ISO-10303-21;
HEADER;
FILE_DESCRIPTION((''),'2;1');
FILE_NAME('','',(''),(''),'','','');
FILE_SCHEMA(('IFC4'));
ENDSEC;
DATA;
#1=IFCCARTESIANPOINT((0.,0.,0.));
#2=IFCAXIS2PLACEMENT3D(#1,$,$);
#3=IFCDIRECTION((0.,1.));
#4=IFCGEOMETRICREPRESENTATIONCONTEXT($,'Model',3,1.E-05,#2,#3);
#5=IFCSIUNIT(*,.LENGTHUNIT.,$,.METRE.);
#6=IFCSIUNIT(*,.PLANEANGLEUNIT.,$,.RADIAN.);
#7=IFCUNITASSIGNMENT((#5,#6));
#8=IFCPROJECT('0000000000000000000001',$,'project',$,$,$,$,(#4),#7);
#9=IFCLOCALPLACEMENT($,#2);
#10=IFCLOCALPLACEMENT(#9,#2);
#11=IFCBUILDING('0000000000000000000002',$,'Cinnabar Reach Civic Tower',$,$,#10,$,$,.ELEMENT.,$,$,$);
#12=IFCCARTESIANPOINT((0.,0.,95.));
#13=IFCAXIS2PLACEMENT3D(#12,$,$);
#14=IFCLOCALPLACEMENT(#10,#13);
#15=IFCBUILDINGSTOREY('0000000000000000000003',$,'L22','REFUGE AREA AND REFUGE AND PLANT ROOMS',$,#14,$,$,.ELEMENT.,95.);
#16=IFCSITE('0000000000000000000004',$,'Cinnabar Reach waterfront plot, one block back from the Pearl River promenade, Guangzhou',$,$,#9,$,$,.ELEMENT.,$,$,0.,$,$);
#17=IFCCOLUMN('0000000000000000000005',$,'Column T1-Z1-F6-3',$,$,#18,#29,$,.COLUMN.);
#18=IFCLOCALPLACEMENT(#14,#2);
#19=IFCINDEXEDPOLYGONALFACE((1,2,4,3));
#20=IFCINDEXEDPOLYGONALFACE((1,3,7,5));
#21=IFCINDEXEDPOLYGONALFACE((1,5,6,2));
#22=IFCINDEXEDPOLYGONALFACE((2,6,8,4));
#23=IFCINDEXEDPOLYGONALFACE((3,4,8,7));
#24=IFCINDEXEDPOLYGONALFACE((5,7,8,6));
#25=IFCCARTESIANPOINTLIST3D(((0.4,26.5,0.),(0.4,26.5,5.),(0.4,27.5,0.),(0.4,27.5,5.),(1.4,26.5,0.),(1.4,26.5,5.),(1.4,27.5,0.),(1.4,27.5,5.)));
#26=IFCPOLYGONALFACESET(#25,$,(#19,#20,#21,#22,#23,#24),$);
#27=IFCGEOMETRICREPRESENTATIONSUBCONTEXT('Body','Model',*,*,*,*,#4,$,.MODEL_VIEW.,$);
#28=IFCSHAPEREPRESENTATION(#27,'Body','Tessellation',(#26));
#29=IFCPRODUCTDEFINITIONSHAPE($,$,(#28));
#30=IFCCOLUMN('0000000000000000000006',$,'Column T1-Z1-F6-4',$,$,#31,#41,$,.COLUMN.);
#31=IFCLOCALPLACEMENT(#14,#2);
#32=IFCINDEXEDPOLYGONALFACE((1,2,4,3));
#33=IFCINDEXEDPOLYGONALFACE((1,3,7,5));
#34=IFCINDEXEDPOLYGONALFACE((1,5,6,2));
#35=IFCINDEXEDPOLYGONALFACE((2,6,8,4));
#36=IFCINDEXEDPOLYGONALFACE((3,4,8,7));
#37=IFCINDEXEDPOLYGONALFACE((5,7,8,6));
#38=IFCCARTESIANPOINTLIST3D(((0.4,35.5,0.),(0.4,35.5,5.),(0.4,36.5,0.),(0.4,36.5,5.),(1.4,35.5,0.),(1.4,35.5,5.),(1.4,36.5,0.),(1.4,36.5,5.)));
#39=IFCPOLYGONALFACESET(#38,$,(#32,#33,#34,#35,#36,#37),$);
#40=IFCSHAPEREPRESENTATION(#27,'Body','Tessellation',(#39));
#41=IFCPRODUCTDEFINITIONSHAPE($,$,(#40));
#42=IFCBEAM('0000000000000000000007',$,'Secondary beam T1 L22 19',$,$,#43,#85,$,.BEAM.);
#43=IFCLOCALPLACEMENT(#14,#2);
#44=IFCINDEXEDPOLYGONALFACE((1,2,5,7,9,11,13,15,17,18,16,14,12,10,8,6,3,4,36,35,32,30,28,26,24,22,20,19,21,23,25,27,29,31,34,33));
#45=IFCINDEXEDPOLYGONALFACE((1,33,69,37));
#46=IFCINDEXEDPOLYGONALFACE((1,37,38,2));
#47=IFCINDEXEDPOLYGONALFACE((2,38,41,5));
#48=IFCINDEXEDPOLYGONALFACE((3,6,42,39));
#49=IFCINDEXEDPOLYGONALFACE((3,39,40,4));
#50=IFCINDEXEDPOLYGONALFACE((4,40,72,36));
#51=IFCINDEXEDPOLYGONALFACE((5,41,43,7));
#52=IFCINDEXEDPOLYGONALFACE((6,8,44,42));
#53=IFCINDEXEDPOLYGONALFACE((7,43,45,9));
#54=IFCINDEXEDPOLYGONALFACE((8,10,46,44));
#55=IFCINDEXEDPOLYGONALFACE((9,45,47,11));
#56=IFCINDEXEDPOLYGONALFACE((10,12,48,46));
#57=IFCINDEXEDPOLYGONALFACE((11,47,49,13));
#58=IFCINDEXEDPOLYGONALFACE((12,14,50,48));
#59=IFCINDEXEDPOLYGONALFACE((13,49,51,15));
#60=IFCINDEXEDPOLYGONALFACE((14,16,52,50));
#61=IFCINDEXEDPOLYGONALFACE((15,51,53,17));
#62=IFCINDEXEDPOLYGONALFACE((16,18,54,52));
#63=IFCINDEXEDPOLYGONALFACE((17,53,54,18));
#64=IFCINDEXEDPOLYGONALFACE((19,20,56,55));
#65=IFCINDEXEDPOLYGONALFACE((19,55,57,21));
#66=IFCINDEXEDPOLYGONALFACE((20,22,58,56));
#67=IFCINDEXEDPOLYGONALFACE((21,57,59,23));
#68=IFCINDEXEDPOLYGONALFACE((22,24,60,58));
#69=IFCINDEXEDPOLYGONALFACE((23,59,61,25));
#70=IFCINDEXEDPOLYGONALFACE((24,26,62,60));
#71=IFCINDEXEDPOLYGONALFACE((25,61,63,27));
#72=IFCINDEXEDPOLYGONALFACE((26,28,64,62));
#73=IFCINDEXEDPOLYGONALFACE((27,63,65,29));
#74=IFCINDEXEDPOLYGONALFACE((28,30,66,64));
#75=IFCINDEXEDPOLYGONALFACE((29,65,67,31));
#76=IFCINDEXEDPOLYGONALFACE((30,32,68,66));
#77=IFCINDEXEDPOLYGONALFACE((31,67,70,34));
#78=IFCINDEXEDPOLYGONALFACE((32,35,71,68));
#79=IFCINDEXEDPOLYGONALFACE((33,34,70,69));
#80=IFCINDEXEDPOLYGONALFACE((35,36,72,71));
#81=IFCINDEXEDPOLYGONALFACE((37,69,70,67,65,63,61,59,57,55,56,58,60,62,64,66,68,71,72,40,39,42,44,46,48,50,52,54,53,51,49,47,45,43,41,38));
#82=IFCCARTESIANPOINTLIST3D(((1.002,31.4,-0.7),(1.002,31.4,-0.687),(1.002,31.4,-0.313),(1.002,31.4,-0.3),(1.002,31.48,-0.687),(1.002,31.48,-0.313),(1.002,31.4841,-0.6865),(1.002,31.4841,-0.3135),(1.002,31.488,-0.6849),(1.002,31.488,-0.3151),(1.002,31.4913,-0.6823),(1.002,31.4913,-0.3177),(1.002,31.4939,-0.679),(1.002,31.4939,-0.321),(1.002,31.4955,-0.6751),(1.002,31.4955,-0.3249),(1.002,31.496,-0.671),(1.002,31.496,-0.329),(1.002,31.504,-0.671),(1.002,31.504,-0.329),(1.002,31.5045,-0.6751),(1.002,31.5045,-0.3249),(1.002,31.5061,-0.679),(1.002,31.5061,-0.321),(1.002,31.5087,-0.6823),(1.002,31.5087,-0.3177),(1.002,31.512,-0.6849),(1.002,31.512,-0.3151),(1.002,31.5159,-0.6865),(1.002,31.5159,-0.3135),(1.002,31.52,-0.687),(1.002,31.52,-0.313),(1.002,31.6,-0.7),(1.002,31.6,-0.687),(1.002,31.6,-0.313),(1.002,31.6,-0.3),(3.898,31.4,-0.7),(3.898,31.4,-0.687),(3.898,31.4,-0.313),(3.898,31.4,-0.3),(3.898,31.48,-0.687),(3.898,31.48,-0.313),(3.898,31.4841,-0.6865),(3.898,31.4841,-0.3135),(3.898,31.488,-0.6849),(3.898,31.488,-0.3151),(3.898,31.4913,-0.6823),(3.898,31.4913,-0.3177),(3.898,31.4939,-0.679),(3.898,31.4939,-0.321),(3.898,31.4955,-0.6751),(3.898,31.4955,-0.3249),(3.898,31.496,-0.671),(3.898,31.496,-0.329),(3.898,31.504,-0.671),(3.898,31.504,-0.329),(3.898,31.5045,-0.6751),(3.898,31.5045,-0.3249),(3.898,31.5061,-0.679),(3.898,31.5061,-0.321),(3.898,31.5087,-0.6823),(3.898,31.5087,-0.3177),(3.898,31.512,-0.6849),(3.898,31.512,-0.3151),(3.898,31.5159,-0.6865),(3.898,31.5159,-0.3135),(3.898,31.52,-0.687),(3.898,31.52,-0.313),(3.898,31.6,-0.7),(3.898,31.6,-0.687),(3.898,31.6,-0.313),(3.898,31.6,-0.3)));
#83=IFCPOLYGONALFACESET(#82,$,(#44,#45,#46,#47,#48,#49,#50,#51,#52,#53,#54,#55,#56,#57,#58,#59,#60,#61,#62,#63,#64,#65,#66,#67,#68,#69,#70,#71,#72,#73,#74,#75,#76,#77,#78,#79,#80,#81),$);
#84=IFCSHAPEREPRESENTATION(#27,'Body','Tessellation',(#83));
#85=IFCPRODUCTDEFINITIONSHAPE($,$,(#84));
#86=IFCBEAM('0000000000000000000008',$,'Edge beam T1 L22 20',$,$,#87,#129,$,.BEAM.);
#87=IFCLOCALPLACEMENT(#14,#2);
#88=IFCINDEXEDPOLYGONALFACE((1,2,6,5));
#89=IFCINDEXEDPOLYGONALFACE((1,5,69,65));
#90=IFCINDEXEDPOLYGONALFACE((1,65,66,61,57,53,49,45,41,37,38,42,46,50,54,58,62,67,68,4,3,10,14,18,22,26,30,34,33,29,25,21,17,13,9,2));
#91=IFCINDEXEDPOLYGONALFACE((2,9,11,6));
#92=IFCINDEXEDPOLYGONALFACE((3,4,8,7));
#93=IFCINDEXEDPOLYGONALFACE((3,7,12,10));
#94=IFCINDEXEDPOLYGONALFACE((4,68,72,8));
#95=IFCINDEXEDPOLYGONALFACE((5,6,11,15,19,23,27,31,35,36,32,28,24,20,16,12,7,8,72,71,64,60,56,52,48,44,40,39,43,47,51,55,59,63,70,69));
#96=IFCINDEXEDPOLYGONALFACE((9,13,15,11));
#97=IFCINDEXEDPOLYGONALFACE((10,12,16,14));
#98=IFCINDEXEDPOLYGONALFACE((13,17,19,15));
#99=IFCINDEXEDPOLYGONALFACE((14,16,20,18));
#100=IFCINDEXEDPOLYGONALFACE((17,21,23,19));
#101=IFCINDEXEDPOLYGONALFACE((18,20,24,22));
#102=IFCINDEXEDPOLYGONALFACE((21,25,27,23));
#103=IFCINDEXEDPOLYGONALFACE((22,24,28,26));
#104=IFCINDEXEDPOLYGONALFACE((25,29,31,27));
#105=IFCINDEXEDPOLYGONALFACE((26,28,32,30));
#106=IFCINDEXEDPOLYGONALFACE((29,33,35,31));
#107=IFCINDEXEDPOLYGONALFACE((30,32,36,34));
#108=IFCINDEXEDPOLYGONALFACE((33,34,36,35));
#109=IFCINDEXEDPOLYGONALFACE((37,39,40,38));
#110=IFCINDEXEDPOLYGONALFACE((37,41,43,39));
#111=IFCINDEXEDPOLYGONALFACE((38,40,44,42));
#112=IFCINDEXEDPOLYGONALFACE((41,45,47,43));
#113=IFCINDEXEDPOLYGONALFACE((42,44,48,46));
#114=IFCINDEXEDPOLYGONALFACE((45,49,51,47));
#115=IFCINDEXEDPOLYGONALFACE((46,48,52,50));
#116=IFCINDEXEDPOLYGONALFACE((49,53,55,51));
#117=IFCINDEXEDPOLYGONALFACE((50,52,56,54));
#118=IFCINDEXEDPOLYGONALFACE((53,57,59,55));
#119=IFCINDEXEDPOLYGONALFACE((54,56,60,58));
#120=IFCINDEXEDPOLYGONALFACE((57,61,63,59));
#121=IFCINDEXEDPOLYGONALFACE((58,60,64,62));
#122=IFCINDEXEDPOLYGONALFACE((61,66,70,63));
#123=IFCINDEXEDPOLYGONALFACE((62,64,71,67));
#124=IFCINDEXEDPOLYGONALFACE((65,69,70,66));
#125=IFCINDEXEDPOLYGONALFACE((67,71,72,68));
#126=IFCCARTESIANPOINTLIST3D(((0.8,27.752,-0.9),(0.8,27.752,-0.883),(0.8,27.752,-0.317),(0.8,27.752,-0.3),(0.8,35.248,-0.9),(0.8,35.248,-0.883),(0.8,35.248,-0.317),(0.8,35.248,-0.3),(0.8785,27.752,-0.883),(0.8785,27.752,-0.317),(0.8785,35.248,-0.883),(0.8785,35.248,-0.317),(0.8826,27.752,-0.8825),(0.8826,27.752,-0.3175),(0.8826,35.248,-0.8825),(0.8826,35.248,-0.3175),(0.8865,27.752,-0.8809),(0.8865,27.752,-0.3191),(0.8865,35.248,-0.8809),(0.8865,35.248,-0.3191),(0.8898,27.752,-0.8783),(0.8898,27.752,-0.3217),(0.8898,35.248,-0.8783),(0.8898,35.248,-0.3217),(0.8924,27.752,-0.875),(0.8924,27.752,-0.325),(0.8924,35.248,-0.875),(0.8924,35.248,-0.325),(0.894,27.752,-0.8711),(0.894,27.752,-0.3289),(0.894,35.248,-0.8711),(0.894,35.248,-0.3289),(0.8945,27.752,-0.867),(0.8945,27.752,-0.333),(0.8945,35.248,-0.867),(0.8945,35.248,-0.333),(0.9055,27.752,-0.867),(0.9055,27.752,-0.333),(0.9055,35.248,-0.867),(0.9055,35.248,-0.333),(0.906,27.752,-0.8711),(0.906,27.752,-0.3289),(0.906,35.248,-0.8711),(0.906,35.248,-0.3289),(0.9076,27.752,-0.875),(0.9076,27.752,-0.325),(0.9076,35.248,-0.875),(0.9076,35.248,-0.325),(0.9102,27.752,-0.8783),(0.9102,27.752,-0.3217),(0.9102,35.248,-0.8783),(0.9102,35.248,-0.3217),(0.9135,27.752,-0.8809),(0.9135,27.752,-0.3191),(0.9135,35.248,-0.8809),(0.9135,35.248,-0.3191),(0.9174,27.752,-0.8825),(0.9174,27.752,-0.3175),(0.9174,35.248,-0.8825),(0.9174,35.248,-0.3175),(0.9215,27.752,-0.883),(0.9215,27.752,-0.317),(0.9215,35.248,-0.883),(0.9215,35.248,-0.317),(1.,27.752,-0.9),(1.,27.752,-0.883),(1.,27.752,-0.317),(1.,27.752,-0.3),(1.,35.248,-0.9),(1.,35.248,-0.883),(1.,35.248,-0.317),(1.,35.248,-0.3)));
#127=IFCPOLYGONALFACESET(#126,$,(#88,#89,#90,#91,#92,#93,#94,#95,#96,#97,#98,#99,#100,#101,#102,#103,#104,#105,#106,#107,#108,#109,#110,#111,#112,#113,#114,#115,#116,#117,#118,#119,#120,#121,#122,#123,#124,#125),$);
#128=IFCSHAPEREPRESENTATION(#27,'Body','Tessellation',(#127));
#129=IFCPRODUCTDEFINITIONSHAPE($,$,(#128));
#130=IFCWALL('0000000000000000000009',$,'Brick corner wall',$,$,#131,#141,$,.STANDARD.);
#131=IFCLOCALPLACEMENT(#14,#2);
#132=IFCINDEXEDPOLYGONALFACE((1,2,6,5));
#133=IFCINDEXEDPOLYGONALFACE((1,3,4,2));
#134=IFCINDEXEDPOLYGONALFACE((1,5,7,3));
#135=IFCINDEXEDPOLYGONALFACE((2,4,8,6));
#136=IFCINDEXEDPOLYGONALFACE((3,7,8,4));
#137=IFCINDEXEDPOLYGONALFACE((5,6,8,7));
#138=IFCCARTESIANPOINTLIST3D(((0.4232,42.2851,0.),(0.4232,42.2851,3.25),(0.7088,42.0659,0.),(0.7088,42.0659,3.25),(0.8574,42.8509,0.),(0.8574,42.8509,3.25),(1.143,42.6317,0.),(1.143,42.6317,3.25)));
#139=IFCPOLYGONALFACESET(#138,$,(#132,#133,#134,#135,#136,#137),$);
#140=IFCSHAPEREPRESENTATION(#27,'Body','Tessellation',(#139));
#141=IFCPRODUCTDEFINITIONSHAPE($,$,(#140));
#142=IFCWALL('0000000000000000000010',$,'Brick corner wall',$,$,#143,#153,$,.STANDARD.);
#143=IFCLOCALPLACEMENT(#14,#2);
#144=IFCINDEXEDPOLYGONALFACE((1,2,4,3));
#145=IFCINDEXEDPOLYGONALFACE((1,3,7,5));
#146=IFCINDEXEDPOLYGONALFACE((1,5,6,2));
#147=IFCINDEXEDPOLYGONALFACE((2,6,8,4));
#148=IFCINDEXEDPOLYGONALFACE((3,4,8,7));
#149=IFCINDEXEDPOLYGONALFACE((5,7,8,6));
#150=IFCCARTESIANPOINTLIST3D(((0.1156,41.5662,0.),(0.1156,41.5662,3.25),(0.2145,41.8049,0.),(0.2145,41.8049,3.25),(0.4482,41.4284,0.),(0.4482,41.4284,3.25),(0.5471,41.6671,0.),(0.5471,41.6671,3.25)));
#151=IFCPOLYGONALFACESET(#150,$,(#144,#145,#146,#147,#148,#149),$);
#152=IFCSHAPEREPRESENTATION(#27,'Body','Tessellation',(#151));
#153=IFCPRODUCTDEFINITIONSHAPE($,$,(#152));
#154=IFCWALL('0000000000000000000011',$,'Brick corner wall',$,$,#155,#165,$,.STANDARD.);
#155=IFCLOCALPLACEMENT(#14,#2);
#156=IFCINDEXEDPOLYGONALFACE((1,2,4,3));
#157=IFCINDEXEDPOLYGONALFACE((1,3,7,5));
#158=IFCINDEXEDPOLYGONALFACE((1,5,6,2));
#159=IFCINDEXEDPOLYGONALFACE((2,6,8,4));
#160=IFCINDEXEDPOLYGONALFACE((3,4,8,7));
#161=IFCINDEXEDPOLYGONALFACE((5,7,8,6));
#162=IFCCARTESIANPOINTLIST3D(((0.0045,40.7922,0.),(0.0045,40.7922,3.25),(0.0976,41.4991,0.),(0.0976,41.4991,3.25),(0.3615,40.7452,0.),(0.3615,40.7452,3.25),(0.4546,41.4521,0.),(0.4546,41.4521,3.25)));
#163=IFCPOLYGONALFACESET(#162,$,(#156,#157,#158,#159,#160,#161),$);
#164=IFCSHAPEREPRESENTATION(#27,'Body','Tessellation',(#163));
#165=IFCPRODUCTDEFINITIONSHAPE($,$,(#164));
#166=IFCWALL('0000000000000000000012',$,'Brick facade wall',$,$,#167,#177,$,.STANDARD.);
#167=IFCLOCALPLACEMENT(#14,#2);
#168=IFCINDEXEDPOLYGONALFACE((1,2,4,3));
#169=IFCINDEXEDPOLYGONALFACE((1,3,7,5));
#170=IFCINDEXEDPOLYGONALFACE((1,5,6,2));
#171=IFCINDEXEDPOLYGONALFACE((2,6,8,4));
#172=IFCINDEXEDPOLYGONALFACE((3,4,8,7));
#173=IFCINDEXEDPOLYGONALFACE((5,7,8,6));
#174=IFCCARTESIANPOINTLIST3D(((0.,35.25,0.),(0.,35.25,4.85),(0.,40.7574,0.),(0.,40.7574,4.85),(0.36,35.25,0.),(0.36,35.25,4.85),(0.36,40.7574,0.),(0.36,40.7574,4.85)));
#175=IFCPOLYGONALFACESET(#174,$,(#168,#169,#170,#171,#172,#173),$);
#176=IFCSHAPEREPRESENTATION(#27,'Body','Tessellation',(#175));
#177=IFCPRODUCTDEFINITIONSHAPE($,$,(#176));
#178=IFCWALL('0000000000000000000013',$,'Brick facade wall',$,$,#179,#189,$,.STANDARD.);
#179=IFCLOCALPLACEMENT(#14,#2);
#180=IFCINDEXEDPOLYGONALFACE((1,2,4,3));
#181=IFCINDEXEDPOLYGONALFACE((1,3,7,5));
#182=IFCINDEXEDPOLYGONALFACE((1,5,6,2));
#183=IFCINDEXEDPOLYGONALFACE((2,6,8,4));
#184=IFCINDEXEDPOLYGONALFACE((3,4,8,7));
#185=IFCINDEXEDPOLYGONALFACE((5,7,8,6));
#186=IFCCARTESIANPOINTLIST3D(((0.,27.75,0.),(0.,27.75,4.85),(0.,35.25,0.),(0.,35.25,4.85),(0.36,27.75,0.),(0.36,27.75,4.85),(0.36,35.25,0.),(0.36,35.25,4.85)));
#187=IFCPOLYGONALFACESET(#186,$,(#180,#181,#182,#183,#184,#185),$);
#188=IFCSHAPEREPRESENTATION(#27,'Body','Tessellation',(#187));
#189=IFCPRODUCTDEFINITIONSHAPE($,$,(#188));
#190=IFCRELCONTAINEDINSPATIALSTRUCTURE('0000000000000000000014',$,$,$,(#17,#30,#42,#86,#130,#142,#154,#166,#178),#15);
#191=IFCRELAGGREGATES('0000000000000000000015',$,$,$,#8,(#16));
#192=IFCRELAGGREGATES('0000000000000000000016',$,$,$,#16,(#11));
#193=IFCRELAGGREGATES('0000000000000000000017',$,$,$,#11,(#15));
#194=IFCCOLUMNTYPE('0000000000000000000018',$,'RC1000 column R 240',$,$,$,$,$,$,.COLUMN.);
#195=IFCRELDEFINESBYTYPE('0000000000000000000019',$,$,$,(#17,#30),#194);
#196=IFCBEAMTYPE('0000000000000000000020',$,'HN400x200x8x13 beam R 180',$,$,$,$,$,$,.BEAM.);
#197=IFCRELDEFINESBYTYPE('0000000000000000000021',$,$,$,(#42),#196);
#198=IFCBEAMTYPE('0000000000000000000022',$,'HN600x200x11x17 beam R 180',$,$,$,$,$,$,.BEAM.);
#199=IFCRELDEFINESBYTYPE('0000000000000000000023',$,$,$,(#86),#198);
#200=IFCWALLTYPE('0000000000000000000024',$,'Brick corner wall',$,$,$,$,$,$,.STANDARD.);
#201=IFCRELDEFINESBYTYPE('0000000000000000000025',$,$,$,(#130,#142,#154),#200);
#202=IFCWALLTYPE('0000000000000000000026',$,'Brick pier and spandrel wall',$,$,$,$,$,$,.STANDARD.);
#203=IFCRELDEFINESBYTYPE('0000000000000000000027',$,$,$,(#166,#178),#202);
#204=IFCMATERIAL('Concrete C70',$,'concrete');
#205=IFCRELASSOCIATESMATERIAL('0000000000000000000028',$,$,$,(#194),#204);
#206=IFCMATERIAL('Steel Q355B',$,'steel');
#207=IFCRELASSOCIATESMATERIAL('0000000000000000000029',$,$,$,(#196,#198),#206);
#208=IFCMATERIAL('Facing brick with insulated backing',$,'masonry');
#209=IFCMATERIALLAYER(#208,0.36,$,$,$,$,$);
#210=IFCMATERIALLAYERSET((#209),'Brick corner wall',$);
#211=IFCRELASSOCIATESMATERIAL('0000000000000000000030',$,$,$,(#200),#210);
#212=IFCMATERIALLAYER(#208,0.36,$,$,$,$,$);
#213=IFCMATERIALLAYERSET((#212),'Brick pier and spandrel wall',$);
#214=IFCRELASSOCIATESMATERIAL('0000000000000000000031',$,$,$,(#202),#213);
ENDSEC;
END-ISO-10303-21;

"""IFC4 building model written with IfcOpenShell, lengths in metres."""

from ifc_helpers import new_model, si_unit, direction, frame, frame_2d, origin, origin_2d, place, context, subcontext, project, spatial, rectangle, i_section, extrude, material, layer, layer_set, material_profile, profile_set, type_object, element, save


model = new_model("IFC4")

# Units and contexts
model_context = context("Model", 3, precision=1e-05, world=origin(), true_north=direction((0.0, 1.0)))
body_context = subcontext(model_context, "Body", "Model", "MODEL_VIEW")
ifc_project = project(units=[si_unit("LENGTHUNIT", "METRE"), si_unit("PLANEANGLEUNIT", "RADIAN")], contexts=[model_context])

# Site, building, storey
site_placement = place(None, origin())
site = spatial("IfcSite", under=ifc_project, at=site_placement, Name="Cinnabar Reach waterfront plot, one block back from the Pearl River promenade, Guangzhou", CompositionType="ELEMENT", RefElevation=0.0)
building_placement = place(site_placement, origin())
building = spatial("IfcBuilding", under=site, at=building_placement, Name="Cinnabar Reach Civic Tower", CompositionType="ELEMENT")
storey_placement = place(building_placement, frame((0.0, 0.0, 95.0)))
storey = spatial("IfcBuildingStorey", under=building, at=storey_placement, Name="L22", Description="REFUGE AREA AND REFUGE AND PLANT ROOMS", CompositionType="ELEMENT", Elevation=95.0)

# Columns
ifc_material_1 = material(Name="Concrete C70", Category="concrete")
ifc_material_profile_1 = material_profile(ifc_material_1, rectangle(XDim=1.0, YDim=1.0, at=origin_2d()), Name="RC1000")
ifc_profile_set_1 = profile_set([ifc_material_profile_1], Name="Concrete C70")
column_type = type_object("IfcColumnType", Name="RC1000 column R 240", PredefinedType="COLUMN", material=ifc_profile_set_1)
for number, where, z_axis, x_axis, name in (
    (1, (0.9, 27.0, 0.0), (0.0, 0.0, 1.0), (1.0, 0.0, 0.0), "Column T1-Z1-F6-3"),
    (2, (0.9, 36.0, 0.0), (0.0, 0.0, 1.0), (1.0, 0.0, 0.0), "Column T1-Z1-F6-4"),
):
    element("IfcColumn", number, at=place(storey_placement, frame(where, z_axis=z_axis, x_axis=x_axis)), inside=storey, type_object=column_type, Name=name, PredefinedType="COLUMN", context=body_context, shape_type="SweptSolid", body=[
        extrude(rectangle(XDim=1.0, YDim=1.0, at=origin_2d()), origin(), (0.0, 0.0, 1.0), 5.0),
    ])

# Beams
ifc_material_2 = material(Name="Steel Q355B", Category="steel")
ifc_material_profile_2 = material_profile(ifc_material_2, i_section(OverallWidth=0.2, OverallDepth=0.4, WebThickness=0.008, FlangeThickness=0.013, FilletRadius=0.016, at=origin_2d()), Name="HN400x200x8x13")
ifc_profile_set_2 = profile_set([ifc_material_profile_2], Name="Steel Q355B")
beam_type_1 = type_object("IfcBeamType", Name="HN400x200x8x13 beam R 180", PredefinedType="BEAM", material=ifc_profile_set_2)
beam_1_placement = place(storey_placement, frame((1.002, 31.5, -0.5), z_axis=(1.0, 0.0, 0.0), x_axis=(0.0, 1.0, 0.0)))
element("IfcBeam", 3, at=beam_1_placement, inside=storey, type_object=beam_type_1, Name="Secondary beam T1 L22 19", PredefinedType="BEAM", context=body_context, shape_type="SweptSolid", body=[
    extrude(i_section(OverallWidth=0.2, OverallDepth=0.4, WebThickness=0.008, FlangeThickness=0.013, FilletRadius=0.016, at=origin_2d()), origin(), (0.0, 0.0, 1.0), 2.896),
])
ifc_material_profile_3 = material_profile(ifc_material_2, i_section(OverallWidth=0.2, OverallDepth=0.6, WebThickness=0.011, FlangeThickness=0.017, FilletRadius=0.016, at=origin_2d()), Name="HN600x200x11x17")
ifc_profile_set_3 = profile_set([ifc_material_profile_3], Name="Steel Q355B")
beam_type_2 = type_object("IfcBeamType", Name="HN600x200x11x17 beam R 180", PredefinedType="BEAM", material=ifc_profile_set_3)
beam_2_placement = place(storey_placement, frame((0.9, 35.248, -0.6), z_axis=(0.0, -1.0, 0.0), x_axis=(1.0, 0.0, 0.0)))
element("IfcBeam", 4, at=beam_2_placement, inside=storey, type_object=beam_type_2, Name="Edge beam T1 L22 20", PredefinedType="BEAM", context=body_context, shape_type="SweptSolid", body=[
    extrude(i_section(OverallWidth=0.2, OverallDepth=0.6, WebThickness=0.011, FlangeThickness=0.017, FilletRadius=0.016, at=origin_2d()), origin(), (0.0, 0.0, 1.0), 7.496),
])

# Walls
ifc_material_3 = material(Name="Facing brick with insulated backing", Category="masonry")
ifc_layer_1 = layer(ifc_material_3, 0.36)
ifc_layer_set_1 = layer_set([ifc_layer_1], Name="Brick corner wall")
wall_type_1 = type_object("IfcWallType", Name="Brick corner wall", PredefinedType="STANDARD", material=ifc_layer_set_1)
wall_1_placement = place(storey_placement, frame((1.0002, 42.7413, 0.0), z_axis=(0.0, 0.0, 1.0), x_axis=(-0.608802, -0.793322, 0.0)))
element("IfcWall", 5, at=wall_1_placement, inside=storey, type_object=wall_type_1, Name="Brick corner wall", PredefinedType="STANDARD", context=body_context, shape_type="SweptSolid", body=[
    extrude(rectangle(XDim=0.7132, YDim=0.36, at=frame_2d((0.3566, 0.0))), origin(), (0.0, 0.0, 1.0), 3.25),
])
wall_2_placement = place(storey_placement, frame((0.3808, 41.736, 0.0), z_axis=(0.0, 0.0, 1.0), x_axis=(-0.382773, -0.923842, 0.0)))
element("IfcWall", 6, at=wall_2_placement, inside=storey, type_object=wall_type_1, Name="Brick corner wall", PredefinedType="STANDARD", context=body_context, shape_type="SweptSolid", body=[
    extrude(rectangle(XDim=0.2584, YDim=0.36, at=frame_2d((0.1292, 0.0))), origin(), (0.0, 0.0, 1.0), 3.25),
])
wall_3_placement = place(storey_placement, frame((0.2761, 41.4756, 0.0), z_axis=(0.0, 0.0, 1.0), x_axis=(-0.130556, -0.991441, 0.0)))
element("IfcWall", 7, at=wall_3_placement, inside=storey, type_object=wall_type_1, Name="Brick corner wall", PredefinedType="STANDARD", context=body_context, shape_type="SweptSolid", body=[
    extrude(rectangle(XDim=0.7131, YDim=0.36, at=frame_2d((0.3565, 0.0))), origin(), (0.0, 0.0, 1.0), 3.25),
])
ifc_layer_2 = layer(ifc_material_3, 0.36)
ifc_layer_set_2 = layer_set([ifc_layer_2], Name="Brick pier and spandrel wall")
wall_type_2 = type_object("IfcWallType", Name="Brick pier and spandrel wall", PredefinedType="STANDARD", material=ifc_layer_set_2)
wall_4_placement = place(storey_placement, frame((0.18, 40.7574, 0.0), z_axis=(0.0, 0.0, 1.0), x_axis=(0.0, -1.0, 0.0)))
element("IfcWall", 8, at=wall_4_placement, inside=storey, type_object=wall_type_2, Name="Brick facade wall", PredefinedType="STANDARD", context=body_context, shape_type="SweptSolid", body=[
    extrude(rectangle(XDim=5.5074, YDim=0.36, at=frame_2d((2.7537, 0.0))), origin(), (0.0, 0.0, 1.0), 4.85),
])
wall_5_placement = place(storey_placement, frame((0.18, 35.25, 0.0), z_axis=(0.0, 0.0, 1.0), x_axis=(0.0, -1.0, 0.0)))
element("IfcWall", 9, at=wall_5_placement, inside=storey, type_object=wall_type_2, Name="Brick facade wall", PredefinedType="STANDARD", context=body_context, shape_type="SweptSolid", body=[
    extrude(rectangle(XDim=7.5, YDim=0.36, at=frame_2d((3.75, 0.0))), origin(), (0.0, 0.0, 1.0), 4.85),
])

save(model, "model.ifc")
